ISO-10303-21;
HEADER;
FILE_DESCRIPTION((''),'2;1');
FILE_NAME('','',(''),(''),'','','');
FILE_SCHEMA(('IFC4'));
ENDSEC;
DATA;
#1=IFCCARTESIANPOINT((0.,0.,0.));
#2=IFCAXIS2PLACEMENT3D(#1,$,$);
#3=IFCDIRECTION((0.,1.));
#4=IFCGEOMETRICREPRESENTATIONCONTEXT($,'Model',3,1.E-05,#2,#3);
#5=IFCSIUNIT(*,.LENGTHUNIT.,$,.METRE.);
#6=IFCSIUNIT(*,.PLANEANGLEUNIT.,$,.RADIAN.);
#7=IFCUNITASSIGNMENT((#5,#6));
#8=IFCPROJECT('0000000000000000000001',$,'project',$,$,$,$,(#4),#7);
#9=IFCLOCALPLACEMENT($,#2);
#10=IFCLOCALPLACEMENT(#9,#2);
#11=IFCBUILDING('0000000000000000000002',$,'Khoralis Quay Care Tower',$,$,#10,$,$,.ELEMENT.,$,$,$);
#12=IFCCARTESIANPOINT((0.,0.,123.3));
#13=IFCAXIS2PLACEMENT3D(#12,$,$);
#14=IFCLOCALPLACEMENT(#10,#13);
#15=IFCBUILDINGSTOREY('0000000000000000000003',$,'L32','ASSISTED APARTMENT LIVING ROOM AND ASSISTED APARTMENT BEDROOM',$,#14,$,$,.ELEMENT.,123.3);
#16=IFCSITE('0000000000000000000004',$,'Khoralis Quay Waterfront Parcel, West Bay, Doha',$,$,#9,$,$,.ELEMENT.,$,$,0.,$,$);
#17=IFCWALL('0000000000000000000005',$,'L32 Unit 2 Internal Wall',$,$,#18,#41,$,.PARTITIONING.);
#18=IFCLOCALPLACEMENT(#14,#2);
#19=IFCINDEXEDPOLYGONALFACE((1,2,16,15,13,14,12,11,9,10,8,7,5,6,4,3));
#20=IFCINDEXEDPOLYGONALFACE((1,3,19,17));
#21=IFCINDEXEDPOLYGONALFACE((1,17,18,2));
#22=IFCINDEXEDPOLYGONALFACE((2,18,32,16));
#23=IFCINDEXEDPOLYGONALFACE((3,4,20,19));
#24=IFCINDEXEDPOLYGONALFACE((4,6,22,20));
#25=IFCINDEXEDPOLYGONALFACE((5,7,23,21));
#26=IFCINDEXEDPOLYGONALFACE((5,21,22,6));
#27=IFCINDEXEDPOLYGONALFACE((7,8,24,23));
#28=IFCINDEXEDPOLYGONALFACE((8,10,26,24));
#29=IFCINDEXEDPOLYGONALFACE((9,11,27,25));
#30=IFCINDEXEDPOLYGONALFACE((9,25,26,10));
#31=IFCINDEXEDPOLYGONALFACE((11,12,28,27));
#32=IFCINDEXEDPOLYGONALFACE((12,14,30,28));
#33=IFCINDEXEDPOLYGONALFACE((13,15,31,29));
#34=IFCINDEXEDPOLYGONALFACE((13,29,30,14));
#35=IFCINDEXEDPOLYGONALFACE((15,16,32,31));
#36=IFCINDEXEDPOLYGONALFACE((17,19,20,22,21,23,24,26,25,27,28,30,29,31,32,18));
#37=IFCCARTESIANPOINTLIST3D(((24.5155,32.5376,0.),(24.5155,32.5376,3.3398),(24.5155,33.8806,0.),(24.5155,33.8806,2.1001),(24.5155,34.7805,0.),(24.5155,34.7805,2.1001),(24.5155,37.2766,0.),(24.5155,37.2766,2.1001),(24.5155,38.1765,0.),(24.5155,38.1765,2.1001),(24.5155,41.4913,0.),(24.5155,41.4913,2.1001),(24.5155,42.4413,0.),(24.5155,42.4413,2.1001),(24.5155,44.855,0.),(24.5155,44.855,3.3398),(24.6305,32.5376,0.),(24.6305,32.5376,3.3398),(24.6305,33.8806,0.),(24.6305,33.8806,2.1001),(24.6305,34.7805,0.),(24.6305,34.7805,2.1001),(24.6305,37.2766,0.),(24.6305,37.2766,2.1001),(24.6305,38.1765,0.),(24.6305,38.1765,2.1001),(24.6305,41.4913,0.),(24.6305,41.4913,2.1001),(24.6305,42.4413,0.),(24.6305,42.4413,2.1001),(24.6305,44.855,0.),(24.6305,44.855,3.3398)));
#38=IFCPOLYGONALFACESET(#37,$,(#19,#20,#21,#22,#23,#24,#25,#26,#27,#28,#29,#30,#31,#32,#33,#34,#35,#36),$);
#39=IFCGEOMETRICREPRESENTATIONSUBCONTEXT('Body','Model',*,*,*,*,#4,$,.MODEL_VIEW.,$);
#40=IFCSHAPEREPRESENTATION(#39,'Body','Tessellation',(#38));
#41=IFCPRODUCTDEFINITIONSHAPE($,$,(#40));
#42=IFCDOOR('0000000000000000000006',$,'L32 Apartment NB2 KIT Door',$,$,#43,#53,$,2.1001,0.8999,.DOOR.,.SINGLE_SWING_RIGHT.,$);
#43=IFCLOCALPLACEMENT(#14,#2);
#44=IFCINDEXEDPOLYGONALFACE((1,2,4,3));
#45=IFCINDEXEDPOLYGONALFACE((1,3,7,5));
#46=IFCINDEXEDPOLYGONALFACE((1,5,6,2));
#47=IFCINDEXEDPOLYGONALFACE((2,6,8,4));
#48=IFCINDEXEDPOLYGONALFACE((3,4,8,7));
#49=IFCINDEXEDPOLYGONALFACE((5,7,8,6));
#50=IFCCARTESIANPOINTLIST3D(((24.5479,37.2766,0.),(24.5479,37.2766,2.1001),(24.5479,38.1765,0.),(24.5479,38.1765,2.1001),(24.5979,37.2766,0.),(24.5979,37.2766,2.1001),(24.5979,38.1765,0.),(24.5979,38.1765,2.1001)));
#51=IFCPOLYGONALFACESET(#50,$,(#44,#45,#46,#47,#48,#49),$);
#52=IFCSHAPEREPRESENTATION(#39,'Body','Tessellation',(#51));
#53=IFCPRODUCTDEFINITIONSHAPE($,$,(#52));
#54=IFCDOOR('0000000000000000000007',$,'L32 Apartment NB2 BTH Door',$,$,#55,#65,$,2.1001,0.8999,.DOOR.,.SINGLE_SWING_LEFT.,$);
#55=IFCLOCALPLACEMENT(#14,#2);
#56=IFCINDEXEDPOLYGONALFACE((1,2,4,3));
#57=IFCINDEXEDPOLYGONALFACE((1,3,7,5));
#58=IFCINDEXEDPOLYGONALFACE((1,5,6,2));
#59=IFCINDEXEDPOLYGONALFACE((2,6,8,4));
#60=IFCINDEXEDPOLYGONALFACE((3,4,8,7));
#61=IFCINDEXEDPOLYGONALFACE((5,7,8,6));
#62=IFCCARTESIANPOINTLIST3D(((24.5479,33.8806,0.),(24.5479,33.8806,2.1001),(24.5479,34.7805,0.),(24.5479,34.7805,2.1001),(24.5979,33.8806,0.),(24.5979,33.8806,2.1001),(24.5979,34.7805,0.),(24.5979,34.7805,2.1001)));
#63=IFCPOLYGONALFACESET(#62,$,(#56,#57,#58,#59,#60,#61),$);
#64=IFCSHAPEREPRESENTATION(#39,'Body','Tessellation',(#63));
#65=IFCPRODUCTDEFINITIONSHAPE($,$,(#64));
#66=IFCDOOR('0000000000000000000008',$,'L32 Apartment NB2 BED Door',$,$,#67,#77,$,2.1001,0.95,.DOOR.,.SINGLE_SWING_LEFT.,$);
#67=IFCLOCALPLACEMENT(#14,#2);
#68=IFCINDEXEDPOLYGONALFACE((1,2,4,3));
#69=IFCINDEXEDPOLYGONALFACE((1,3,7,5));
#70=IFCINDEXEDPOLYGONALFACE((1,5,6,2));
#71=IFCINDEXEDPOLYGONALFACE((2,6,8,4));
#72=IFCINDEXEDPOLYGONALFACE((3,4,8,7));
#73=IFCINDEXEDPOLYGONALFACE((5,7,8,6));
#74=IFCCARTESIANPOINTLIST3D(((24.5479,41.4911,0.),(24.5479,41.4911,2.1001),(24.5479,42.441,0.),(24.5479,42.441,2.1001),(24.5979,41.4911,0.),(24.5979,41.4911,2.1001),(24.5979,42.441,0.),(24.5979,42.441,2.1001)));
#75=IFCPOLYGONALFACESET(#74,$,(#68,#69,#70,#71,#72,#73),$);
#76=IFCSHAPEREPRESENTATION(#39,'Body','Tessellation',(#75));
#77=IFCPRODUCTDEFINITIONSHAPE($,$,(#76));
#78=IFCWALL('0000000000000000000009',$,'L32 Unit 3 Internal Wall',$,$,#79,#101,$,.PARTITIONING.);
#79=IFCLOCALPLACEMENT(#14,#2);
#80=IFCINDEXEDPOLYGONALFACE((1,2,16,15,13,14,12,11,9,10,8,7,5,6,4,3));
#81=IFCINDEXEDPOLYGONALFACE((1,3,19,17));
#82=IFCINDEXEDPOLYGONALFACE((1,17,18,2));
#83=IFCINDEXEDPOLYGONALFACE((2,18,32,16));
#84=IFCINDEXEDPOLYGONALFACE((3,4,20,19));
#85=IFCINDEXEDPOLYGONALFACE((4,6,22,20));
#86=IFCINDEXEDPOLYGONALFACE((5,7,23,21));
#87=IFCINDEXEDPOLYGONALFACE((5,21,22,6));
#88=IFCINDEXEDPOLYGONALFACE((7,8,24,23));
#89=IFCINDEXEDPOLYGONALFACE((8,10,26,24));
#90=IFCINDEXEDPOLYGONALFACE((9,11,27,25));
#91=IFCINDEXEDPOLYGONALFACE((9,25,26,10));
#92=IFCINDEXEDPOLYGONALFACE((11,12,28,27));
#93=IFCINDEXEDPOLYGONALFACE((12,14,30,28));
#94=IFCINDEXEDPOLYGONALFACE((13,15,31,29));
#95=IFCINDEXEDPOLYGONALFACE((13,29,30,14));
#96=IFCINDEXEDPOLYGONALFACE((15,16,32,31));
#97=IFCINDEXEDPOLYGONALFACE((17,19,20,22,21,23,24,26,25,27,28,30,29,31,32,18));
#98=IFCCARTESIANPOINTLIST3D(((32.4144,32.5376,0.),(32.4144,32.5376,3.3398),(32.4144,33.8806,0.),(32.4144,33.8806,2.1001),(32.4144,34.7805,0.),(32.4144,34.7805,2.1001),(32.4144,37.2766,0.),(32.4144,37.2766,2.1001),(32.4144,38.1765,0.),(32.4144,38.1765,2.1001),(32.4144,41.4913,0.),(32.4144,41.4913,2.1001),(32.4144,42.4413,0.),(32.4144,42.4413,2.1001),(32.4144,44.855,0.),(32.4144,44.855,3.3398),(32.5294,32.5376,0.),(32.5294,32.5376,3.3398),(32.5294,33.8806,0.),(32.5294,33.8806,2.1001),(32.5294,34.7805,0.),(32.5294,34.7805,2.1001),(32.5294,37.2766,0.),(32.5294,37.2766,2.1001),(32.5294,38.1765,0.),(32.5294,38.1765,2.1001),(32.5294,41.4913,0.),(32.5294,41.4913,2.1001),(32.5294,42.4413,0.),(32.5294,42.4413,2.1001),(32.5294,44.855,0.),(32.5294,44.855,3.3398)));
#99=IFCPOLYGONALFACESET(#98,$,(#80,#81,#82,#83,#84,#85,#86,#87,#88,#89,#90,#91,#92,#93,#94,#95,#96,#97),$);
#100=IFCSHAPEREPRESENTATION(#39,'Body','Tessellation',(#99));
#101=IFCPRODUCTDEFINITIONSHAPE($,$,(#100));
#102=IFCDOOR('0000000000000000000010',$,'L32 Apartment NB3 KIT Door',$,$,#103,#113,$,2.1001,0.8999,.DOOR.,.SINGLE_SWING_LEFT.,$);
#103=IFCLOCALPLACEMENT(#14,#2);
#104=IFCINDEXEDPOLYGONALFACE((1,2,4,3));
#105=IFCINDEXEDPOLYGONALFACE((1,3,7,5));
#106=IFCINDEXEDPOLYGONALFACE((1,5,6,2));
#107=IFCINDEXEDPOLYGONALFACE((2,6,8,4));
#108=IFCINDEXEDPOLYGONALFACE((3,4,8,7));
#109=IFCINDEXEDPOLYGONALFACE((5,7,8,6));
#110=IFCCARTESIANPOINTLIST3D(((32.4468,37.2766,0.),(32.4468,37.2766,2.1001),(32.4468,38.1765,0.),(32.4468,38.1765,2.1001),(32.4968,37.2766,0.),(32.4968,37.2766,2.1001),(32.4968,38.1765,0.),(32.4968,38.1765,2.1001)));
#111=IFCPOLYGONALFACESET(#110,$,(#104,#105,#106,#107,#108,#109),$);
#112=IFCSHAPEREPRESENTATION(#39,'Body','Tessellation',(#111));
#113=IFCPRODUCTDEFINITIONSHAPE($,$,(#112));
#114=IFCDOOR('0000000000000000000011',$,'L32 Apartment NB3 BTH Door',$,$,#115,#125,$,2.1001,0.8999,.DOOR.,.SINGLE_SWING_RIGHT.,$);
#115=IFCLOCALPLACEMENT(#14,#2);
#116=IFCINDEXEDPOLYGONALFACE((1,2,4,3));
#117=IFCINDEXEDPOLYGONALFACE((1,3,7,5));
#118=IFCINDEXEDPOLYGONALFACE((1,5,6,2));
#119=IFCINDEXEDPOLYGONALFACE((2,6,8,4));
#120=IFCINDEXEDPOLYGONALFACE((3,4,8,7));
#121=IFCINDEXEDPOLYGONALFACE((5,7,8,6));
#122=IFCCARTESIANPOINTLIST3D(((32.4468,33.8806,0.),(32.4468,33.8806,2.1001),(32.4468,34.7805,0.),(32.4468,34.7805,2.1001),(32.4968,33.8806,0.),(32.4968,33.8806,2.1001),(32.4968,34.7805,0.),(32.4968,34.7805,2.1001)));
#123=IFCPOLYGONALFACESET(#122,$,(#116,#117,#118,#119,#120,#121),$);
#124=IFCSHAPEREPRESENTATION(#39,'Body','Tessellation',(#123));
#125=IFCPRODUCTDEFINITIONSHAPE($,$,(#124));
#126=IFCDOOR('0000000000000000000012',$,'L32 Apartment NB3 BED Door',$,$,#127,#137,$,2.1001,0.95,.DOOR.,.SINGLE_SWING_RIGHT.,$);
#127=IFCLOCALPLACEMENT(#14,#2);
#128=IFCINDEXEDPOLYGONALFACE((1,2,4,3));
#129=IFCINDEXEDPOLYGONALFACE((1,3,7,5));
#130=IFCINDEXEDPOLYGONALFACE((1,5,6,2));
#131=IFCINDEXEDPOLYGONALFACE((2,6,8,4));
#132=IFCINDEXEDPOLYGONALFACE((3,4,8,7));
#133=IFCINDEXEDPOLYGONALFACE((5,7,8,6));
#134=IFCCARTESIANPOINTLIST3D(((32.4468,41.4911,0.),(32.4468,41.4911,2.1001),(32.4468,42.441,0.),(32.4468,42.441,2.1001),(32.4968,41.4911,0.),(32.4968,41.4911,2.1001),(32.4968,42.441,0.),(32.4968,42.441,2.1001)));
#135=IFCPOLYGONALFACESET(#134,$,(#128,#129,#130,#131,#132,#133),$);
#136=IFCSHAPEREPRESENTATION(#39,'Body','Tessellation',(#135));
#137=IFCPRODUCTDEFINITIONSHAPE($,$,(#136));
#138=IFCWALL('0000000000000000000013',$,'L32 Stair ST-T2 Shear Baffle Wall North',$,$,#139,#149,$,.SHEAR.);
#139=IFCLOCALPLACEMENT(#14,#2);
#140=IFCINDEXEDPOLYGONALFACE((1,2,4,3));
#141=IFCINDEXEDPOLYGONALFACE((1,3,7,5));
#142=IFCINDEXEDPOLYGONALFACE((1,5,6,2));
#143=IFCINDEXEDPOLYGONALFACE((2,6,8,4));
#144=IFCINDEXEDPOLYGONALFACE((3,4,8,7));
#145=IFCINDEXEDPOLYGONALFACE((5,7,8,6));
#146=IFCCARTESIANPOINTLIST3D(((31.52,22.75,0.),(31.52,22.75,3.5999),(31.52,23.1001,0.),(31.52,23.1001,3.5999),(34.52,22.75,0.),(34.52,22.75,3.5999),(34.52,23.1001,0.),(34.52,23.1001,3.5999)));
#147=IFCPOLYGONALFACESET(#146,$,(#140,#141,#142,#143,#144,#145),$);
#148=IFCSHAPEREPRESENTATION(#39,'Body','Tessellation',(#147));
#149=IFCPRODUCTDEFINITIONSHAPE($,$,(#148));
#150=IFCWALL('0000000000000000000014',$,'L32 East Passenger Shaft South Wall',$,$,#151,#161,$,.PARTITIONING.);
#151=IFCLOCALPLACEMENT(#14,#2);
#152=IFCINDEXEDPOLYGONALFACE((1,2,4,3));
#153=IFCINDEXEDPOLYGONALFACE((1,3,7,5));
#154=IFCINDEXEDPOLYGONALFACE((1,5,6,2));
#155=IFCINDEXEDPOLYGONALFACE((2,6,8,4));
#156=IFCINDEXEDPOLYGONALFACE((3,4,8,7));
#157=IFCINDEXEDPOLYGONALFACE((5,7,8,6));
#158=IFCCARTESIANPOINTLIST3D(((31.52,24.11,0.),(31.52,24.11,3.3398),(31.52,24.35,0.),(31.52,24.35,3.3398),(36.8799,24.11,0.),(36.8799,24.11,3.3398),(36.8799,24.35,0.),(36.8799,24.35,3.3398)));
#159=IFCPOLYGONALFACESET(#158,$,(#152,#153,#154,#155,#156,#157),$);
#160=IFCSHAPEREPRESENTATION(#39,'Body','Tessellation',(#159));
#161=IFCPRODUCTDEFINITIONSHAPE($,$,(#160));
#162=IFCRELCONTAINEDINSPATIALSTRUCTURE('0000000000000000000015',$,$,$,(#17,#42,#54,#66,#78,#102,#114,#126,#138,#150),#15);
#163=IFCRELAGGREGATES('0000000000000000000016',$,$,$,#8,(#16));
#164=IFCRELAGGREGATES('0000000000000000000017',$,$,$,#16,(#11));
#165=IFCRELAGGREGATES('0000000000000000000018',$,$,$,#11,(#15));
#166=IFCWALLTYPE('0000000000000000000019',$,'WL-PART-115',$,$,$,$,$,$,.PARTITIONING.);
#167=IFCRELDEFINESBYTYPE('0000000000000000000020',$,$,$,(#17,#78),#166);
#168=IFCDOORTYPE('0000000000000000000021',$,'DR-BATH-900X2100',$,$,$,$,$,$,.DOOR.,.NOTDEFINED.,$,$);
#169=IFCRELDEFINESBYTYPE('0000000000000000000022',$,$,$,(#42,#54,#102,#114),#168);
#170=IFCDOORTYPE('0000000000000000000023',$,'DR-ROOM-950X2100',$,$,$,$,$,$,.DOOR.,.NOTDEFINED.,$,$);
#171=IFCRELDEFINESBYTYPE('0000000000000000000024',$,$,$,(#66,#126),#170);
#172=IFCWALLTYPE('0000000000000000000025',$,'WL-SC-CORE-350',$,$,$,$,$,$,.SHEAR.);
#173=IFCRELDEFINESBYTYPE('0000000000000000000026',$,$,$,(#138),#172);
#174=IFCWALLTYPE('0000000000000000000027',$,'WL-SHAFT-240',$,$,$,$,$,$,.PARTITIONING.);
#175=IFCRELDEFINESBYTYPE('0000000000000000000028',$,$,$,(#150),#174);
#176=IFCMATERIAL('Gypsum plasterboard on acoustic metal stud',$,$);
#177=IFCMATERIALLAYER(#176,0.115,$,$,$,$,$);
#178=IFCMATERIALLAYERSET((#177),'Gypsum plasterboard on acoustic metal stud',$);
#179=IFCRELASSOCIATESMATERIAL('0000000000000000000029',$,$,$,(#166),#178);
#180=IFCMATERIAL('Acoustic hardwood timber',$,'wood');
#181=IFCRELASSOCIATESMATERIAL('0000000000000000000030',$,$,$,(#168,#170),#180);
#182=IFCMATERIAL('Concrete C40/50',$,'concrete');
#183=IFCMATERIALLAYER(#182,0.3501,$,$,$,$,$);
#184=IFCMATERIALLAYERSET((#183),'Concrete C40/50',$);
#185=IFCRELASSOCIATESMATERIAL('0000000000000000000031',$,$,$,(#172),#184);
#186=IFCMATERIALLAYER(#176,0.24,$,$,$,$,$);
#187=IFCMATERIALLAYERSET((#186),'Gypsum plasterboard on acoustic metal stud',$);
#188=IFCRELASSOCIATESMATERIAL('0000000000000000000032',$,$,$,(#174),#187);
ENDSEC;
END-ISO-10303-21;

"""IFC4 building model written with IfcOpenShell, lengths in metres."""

from ifc_helpers import new_model, si_unit, direction, frame, frame_2d, origin, place, context, subcontext, project, spatial, rectangle, extrude, source, transform, mapped, material, layer, layer_set, type_object, element, fill, save


model = new_model("IFC4")

# Units and contexts
model_context = context("Model", 3, precision=1e-05, world=origin(), true_north=direction((0.0, 1.0)))
body_context = subcontext(model_context, "Body", "Model", "MODEL_VIEW")
ifc_project = project(units=[si_unit("LENGTHUNIT", "METRE"), si_unit("PLANEANGLEUNIT", "RADIAN")], contexts=[model_context])

# Site, building, storey
site_placement = place(None, origin())
site = spatial("IfcSite", under=ifc_project, at=site_placement, Name="Khoralis Quay Waterfront Parcel, West Bay, Doha", CompositionType="ELEMENT", RefElevation=0.0)
building_placement = place(site_placement, origin())
building = spatial("IfcBuilding", under=site, at=building_placement, Name="Khoralis Quay Care Tower", CompositionType="ELEMENT")
storey_placement = place(building_placement, frame((0.0, 0.0, 123.3)))
storey = spatial("IfcBuildingStorey", under=building, at=storey_placement, Name="L32", Description="ASSISTED APARTMENT LIVING ROOM AND ASSISTED APARTMENT BEDROOM", CompositionType="ELEMENT", Elevation=123.3)

# Shared definitions
ifc_material_1 = material(Name="Gypsum plasterboard on acoustic metal stud")

# Walls, openings, doors
ifc_layer_1 = layer(ifc_material_1, 0.115)
ifc_layer_set_1 = layer_set([ifc_layer_1], Name="Gypsum plasterboard on acoustic metal stud")
wall_type_1 = type_object("IfcWallType", Name="WL-PART-115", PredefinedType="PARTITIONING", material=ifc_layer_set_1)
wall_1_placement = place(storey_placement, frame((24.573, 32.5376, 0.0), z_axis=(0.0, 0.0, 1.0), x_axis=(0.0, 1.0, 0.0)))
wall_1 = element("IfcWall", 1, at=wall_1_placement, inside=storey, type_object=wall_type_1, Name="L32 Unit 2 Internal Wall", PredefinedType="PARTITIONING", context=body_context, shape_type="SweptSolid", body=[
    extrude(rectangle(XDim=12.3174, YDim=0.115, at=frame_2d((6.1587, 0.0))), origin(), (0.0, 0.0, 1.0), 3.3398),
])
opening_1_placement = place(wall_1_placement, frame((8.9536, 0.0, 0.0)))
opening_1 = element("IfcOpeningElement", 2, at=opening_1_placement, cuts=wall_1, PredefinedType="OPENING", context=body_context, shape_type="SweptSolid", body=[
    extrude(rectangle(XDim=0.95, YDim=2.1001, at=frame_2d((0.4751, 1.05))), frame((0.0, 0.0674, 0.0), z_axis=(0.0, -1.0, 0.0), x_axis=(1.0, 0.0, 0.0)), (0.0, 0.0, 1.0), 0.135),
])
opening_2_placement = place(wall_1_placement, frame((4.739, 0.0, 0.0)))
opening_2 = element("IfcOpeningElement", 3, at=opening_2_placement, cuts=wall_1, PredefinedType="OPENING", context=body_context, shape_type="SweptSolid", body=[
    extrude(rectangle(XDim=0.8999, YDim=2.1001, at=frame_2d((0.45, 1.05))), frame((0.0, 0.0674, 0.0), z_axis=(0.0, -1.0, 0.0), x_axis=(1.0, 0.0, 0.0)), (0.0, 0.0, 1.0), 0.135),
])
opening_3_placement = place(wall_1_placement, frame((1.343, 0.0, 0.0)))
opening_3 = element("IfcOpeningElement", 4, at=opening_3_placement, cuts=wall_1, PredefinedType="OPENING", context=body_context, shape_type="SweptSolid", body=[
    extrude(rectangle(XDim=0.8999, YDim=2.1001, at=frame_2d((0.45, 1.05))), frame((0.0, 0.0674, 0.0), z_axis=(0.0, -1.0, 0.0), x_axis=(1.0, 0.0, 0.0)), (0.0, 0.0, 1.0), 0.135),
])
ifc_material_2 = material(Name="Acoustic hardwood timber", Category="wood")
door_type_1 = type_object("IfcDoorType", Name="DR-BATH-900X2100", OperationType="NOTDEFINED", PredefinedType="DOOR", material=ifc_material_2)
shared_shape_1 = source(origin(), body_context, "Body", "SweptSolid", [
    extrude(rectangle(XDim=0.8999, YDim=2.1001, at=frame_2d((0.45, 1.05))), frame((0.0, 0.0249, 0.0), z_axis=(0.0, -1.0, 0.0), x_axis=(1.0, 0.0, 0.0)), (0.0, 0.0, 1.0), 0.05),
])
door_1_placement = place(opening_2_placement, frame((0.8999, 0.0, 0.0), z_axis=(0.0, 0.0, 1.0), x_axis=(-1.0, 0.0, 0.0)))
door_1 = element("IfcDoor", 5, at=door_1_placement, inside=storey, type_object=door_type_1, Name="L32 Apartment NB2 KIT Door", OperationType="SINGLE_SWING_RIGHT", OverallHeight=2.1001, OverallWidth=0.8999, PredefinedType="DOOR", context=body_context, shape_type="MappedRepresentation", body=[
    mapped(shared_shape_1, transform((0.0, 0.0, 0.0), scale=1.0)),
])
fill(opening_2, door_1)
door_2_placement = place(opening_3_placement, frame((0.8999, 0.0, 0.0), z_axis=(0.0, 0.0, 1.0), x_axis=(-1.0, 0.0, 0.0)))
door_2 = element("IfcDoor", 6, at=door_2_placement, inside=storey, type_object=door_type_1, Name="L32 Apartment NB2 BTH Door", OperationType="SINGLE_SWING_LEFT", OverallHeight=2.1001, OverallWidth=0.8999, PredefinedType="DOOR", context=body_context, shape_type="MappedRepresentation", body=[
    mapped(shared_shape_1, transform((0.0, 0.0, 0.0), scale=1.0)),
])
fill(opening_3, door_2)
door_type_2 = type_object("IfcDoorType", Name="DR-ROOM-950X2100", OperationType="NOTDEFINED", PredefinedType="DOOR", material=ifc_material_2)
shared_shape_2 = source(origin(), body_context, "Body", "SweptSolid", [
    extrude(rectangle(XDim=0.95, YDim=2.1001, at=frame_2d((0.4751, 1.05))), frame((0.0, 0.0249, 0.0), z_axis=(0.0, -1.0, 0.0), x_axis=(1.0, 0.0, 0.0)), (0.0, 0.0, 1.0), 0.05),
])
door_3_placement = place(opening_1_placement, frame((0.95, 0.0, 0.0), z_axis=(0.0, 0.0, 1.0), x_axis=(-1.0, 0.0, 0.0)))
door_3 = element("IfcDoor", 7, at=door_3_placement, inside=storey, type_object=door_type_2, Name="L32 Apartment NB2 BED Door", OperationType="SINGLE_SWING_LEFT", OverallHeight=2.1001, OverallWidth=0.95, PredefinedType="DOOR", context=body_context, shape_type="MappedRepresentation", body=[
    mapped(shared_shape_2, transform((0.0, 0.0, 0.0), scale=1.0)),
])
fill(opening_1, door_3)
wall_2_placement = place(storey_placement, frame((32.4719, 32.5376, 0.0), z_axis=(0.0, 0.0, 1.0), x_axis=(0.0, 1.0, 0.0)))
wall_2 = element("IfcWall", 8, at=wall_2_placement, inside=storey, type_object=wall_type_1, Name="L32 Unit 3 Internal Wall", PredefinedType="PARTITIONING", context=body_context, shape_type="SweptSolid", body=[
    extrude(rectangle(XDim=12.3174, YDim=0.115, at=frame_2d((6.1587, 0.0))), origin(), (0.0, 0.0, 1.0), 3.3398),
])
opening_4_placement = place(wall_2_placement, frame((8.9536, 0.0, 0.0)))
opening_4 = element("IfcOpeningElement", 9, at=opening_4_placement, cuts=wall_2, PredefinedType="OPENING", context=body_context, shape_type="SweptSolid", body=[
    extrude(rectangle(XDim=0.95, YDim=2.1001, at=frame_2d((0.4751, 1.05))), frame((0.0, 0.0674, 0.0), z_axis=(0.0, -1.0, 0.0), x_axis=(1.0, 0.0, 0.0)), (0.0, 0.0, 1.0), 0.135),
])
opening_5_placement = place(wall_2_placement, frame((4.739, 0.0, 0.0)))
opening_5 = element("IfcOpeningElement", 10, at=opening_5_placement, cuts=wall_2, PredefinedType="OPENING", context=body_context, shape_type="SweptSolid", body=[
    extrude(rectangle(XDim=0.8999, YDim=2.1001, at=frame_2d((0.45, 1.05))), frame((0.0, 0.0674, 0.0), z_axis=(0.0, -1.0, 0.0), x_axis=(1.0, 0.0, 0.0)), (0.0, 0.0, 1.0), 0.135),
])
opening_6_placement = place(wall_2_placement, frame((1.343, 0.0, 0.0)))
opening_6 = element("IfcOpeningElement", 11, at=opening_6_placement, cuts=wall_2, PredefinedType="OPENING", context=body_context, shape_type="SweptSolid", body=[
    extrude(rectangle(XDim=0.8999, YDim=2.1001, at=frame_2d((0.45, 1.05))), frame((0.0, 0.0674, 0.0), z_axis=(0.0, -1.0, 0.0), x_axis=(1.0, 0.0, 0.0)), (0.0, 0.0, 1.0), 0.135),
])
door_4_placement = place(opening_5_placement, frame((0.8999, 0.0, 0.0), z_axis=(0.0, 0.0, 1.0), x_axis=(-1.0, 0.0, 0.0)))
door_4 = element("IfcDoor", 12, at=door_4_placement, inside=storey, type_object=door_type_1, Name="L32 Apartment NB3 KIT Door", OperationType="SINGLE_SWING_LEFT", OverallHeight=2.1001, OverallWidth=0.8999, PredefinedType="DOOR", context=body_context, shape_type="MappedRepresentation", body=[
    mapped(shared_shape_1, transform((0.0, 0.0, 0.0), scale=1.0)),
])
fill(opening_5, door_4)
door_5_placement = place(opening_6_placement, frame((0.8999, 0.0, 0.0), z_axis=(0.0, 0.0, 1.0), x_axis=(-1.0, 0.0, 0.0)))
door_5 = element("IfcDoor", 13, at=door_5_placement, inside=storey, type_object=door_type_1, Name="L32 Apartment NB3 BTH Door", OperationType="SINGLE_SWING_RIGHT", OverallHeight=2.1001, OverallWidth=0.8999, PredefinedType="DOOR", context=body_context, shape_type="MappedRepresentation", body=[
    mapped(shared_shape_1, transform((0.0, 0.0, 0.0), scale=1.0)),
])
fill(opening_6, door_5)
door_6_placement = place(opening_4_placement, frame((0.95, 0.0, 0.0), z_axis=(0.0, 0.0, 1.0), x_axis=(-1.0, 0.0, 0.0)))
door_6 = element("IfcDoor", 14, at=door_6_placement, inside=storey, type_object=door_type_2, Name="L32 Apartment NB3 BED Door", OperationType="SINGLE_SWING_RIGHT", OverallHeight=2.1001, OverallWidth=0.95, PredefinedType="DOOR", context=body_context, shape_type="MappedRepresentation", body=[
    mapped(shared_shape_2, transform((0.0, 0.0, 0.0), scale=1.0)),
])
fill(opening_4, door_6)

# Walls
ifc_material_3 = material(Name="Concrete C40/50", Category="concrete")
ifc_layer_2 = layer(ifc_material_3, 0.3501)
ifc_layer_set_2 = layer_set([ifc_layer_2], Name="Concrete C40/50")
wall_type_2 = type_object("IfcWallType", Name="WL-SC-CORE-350", PredefinedType="SHEAR", material=ifc_layer_set_2)
wall_3_placement = place(storey_placement, frame((31.52, 22.925, 0.0), z_axis=(0.0, 0.0, 1.0), x_axis=(1.0, 0.0, 0.0)))
element("IfcWall", 15, at=wall_3_placement, inside=storey, type_object=wall_type_2, Name="L32 Stair ST-T2 Shear Baffle Wall North", PredefinedType="SHEAR", context=body_context, shape_type="SweptSolid", body=[
    extrude(rectangle(XDim=3.0, YDim=0.3501, at=frame_2d((1.5, 0.0))), origin(), (0.0, 0.0, 1.0), 3.5999),
])
ifc_layer_3 = layer(ifc_material_1, 0.24)
ifc_layer_set_3 = layer_set([ifc_layer_3], Name="Gypsum plasterboard on acoustic metal stud")
wall_type_3 = type_object("IfcWallType", Name="WL-SHAFT-240", PredefinedType="PARTITIONING", material=ifc_layer_set_3)
wall_4_placement = place(storey_placement, frame((31.52, 24.23, 0.0), z_axis=(0.0, 0.0, 1.0), x_axis=(1.0, 0.0, 0.0)))
element("IfcWall", 16, at=wall_4_placement, inside=storey, type_object=wall_type_3, Name="L32 East Passenger Shaft South Wall", PredefinedType="PARTITIONING", context=body_context, shape_type="SweptSolid", body=[
    extrude(rectangle(XDim=5.3599, YDim=0.24, at=frame_2d((2.6799, 0.0))), origin(), (0.0, 0.0, 1.0), 3.3398),
])

save(model, "model.ifc")
